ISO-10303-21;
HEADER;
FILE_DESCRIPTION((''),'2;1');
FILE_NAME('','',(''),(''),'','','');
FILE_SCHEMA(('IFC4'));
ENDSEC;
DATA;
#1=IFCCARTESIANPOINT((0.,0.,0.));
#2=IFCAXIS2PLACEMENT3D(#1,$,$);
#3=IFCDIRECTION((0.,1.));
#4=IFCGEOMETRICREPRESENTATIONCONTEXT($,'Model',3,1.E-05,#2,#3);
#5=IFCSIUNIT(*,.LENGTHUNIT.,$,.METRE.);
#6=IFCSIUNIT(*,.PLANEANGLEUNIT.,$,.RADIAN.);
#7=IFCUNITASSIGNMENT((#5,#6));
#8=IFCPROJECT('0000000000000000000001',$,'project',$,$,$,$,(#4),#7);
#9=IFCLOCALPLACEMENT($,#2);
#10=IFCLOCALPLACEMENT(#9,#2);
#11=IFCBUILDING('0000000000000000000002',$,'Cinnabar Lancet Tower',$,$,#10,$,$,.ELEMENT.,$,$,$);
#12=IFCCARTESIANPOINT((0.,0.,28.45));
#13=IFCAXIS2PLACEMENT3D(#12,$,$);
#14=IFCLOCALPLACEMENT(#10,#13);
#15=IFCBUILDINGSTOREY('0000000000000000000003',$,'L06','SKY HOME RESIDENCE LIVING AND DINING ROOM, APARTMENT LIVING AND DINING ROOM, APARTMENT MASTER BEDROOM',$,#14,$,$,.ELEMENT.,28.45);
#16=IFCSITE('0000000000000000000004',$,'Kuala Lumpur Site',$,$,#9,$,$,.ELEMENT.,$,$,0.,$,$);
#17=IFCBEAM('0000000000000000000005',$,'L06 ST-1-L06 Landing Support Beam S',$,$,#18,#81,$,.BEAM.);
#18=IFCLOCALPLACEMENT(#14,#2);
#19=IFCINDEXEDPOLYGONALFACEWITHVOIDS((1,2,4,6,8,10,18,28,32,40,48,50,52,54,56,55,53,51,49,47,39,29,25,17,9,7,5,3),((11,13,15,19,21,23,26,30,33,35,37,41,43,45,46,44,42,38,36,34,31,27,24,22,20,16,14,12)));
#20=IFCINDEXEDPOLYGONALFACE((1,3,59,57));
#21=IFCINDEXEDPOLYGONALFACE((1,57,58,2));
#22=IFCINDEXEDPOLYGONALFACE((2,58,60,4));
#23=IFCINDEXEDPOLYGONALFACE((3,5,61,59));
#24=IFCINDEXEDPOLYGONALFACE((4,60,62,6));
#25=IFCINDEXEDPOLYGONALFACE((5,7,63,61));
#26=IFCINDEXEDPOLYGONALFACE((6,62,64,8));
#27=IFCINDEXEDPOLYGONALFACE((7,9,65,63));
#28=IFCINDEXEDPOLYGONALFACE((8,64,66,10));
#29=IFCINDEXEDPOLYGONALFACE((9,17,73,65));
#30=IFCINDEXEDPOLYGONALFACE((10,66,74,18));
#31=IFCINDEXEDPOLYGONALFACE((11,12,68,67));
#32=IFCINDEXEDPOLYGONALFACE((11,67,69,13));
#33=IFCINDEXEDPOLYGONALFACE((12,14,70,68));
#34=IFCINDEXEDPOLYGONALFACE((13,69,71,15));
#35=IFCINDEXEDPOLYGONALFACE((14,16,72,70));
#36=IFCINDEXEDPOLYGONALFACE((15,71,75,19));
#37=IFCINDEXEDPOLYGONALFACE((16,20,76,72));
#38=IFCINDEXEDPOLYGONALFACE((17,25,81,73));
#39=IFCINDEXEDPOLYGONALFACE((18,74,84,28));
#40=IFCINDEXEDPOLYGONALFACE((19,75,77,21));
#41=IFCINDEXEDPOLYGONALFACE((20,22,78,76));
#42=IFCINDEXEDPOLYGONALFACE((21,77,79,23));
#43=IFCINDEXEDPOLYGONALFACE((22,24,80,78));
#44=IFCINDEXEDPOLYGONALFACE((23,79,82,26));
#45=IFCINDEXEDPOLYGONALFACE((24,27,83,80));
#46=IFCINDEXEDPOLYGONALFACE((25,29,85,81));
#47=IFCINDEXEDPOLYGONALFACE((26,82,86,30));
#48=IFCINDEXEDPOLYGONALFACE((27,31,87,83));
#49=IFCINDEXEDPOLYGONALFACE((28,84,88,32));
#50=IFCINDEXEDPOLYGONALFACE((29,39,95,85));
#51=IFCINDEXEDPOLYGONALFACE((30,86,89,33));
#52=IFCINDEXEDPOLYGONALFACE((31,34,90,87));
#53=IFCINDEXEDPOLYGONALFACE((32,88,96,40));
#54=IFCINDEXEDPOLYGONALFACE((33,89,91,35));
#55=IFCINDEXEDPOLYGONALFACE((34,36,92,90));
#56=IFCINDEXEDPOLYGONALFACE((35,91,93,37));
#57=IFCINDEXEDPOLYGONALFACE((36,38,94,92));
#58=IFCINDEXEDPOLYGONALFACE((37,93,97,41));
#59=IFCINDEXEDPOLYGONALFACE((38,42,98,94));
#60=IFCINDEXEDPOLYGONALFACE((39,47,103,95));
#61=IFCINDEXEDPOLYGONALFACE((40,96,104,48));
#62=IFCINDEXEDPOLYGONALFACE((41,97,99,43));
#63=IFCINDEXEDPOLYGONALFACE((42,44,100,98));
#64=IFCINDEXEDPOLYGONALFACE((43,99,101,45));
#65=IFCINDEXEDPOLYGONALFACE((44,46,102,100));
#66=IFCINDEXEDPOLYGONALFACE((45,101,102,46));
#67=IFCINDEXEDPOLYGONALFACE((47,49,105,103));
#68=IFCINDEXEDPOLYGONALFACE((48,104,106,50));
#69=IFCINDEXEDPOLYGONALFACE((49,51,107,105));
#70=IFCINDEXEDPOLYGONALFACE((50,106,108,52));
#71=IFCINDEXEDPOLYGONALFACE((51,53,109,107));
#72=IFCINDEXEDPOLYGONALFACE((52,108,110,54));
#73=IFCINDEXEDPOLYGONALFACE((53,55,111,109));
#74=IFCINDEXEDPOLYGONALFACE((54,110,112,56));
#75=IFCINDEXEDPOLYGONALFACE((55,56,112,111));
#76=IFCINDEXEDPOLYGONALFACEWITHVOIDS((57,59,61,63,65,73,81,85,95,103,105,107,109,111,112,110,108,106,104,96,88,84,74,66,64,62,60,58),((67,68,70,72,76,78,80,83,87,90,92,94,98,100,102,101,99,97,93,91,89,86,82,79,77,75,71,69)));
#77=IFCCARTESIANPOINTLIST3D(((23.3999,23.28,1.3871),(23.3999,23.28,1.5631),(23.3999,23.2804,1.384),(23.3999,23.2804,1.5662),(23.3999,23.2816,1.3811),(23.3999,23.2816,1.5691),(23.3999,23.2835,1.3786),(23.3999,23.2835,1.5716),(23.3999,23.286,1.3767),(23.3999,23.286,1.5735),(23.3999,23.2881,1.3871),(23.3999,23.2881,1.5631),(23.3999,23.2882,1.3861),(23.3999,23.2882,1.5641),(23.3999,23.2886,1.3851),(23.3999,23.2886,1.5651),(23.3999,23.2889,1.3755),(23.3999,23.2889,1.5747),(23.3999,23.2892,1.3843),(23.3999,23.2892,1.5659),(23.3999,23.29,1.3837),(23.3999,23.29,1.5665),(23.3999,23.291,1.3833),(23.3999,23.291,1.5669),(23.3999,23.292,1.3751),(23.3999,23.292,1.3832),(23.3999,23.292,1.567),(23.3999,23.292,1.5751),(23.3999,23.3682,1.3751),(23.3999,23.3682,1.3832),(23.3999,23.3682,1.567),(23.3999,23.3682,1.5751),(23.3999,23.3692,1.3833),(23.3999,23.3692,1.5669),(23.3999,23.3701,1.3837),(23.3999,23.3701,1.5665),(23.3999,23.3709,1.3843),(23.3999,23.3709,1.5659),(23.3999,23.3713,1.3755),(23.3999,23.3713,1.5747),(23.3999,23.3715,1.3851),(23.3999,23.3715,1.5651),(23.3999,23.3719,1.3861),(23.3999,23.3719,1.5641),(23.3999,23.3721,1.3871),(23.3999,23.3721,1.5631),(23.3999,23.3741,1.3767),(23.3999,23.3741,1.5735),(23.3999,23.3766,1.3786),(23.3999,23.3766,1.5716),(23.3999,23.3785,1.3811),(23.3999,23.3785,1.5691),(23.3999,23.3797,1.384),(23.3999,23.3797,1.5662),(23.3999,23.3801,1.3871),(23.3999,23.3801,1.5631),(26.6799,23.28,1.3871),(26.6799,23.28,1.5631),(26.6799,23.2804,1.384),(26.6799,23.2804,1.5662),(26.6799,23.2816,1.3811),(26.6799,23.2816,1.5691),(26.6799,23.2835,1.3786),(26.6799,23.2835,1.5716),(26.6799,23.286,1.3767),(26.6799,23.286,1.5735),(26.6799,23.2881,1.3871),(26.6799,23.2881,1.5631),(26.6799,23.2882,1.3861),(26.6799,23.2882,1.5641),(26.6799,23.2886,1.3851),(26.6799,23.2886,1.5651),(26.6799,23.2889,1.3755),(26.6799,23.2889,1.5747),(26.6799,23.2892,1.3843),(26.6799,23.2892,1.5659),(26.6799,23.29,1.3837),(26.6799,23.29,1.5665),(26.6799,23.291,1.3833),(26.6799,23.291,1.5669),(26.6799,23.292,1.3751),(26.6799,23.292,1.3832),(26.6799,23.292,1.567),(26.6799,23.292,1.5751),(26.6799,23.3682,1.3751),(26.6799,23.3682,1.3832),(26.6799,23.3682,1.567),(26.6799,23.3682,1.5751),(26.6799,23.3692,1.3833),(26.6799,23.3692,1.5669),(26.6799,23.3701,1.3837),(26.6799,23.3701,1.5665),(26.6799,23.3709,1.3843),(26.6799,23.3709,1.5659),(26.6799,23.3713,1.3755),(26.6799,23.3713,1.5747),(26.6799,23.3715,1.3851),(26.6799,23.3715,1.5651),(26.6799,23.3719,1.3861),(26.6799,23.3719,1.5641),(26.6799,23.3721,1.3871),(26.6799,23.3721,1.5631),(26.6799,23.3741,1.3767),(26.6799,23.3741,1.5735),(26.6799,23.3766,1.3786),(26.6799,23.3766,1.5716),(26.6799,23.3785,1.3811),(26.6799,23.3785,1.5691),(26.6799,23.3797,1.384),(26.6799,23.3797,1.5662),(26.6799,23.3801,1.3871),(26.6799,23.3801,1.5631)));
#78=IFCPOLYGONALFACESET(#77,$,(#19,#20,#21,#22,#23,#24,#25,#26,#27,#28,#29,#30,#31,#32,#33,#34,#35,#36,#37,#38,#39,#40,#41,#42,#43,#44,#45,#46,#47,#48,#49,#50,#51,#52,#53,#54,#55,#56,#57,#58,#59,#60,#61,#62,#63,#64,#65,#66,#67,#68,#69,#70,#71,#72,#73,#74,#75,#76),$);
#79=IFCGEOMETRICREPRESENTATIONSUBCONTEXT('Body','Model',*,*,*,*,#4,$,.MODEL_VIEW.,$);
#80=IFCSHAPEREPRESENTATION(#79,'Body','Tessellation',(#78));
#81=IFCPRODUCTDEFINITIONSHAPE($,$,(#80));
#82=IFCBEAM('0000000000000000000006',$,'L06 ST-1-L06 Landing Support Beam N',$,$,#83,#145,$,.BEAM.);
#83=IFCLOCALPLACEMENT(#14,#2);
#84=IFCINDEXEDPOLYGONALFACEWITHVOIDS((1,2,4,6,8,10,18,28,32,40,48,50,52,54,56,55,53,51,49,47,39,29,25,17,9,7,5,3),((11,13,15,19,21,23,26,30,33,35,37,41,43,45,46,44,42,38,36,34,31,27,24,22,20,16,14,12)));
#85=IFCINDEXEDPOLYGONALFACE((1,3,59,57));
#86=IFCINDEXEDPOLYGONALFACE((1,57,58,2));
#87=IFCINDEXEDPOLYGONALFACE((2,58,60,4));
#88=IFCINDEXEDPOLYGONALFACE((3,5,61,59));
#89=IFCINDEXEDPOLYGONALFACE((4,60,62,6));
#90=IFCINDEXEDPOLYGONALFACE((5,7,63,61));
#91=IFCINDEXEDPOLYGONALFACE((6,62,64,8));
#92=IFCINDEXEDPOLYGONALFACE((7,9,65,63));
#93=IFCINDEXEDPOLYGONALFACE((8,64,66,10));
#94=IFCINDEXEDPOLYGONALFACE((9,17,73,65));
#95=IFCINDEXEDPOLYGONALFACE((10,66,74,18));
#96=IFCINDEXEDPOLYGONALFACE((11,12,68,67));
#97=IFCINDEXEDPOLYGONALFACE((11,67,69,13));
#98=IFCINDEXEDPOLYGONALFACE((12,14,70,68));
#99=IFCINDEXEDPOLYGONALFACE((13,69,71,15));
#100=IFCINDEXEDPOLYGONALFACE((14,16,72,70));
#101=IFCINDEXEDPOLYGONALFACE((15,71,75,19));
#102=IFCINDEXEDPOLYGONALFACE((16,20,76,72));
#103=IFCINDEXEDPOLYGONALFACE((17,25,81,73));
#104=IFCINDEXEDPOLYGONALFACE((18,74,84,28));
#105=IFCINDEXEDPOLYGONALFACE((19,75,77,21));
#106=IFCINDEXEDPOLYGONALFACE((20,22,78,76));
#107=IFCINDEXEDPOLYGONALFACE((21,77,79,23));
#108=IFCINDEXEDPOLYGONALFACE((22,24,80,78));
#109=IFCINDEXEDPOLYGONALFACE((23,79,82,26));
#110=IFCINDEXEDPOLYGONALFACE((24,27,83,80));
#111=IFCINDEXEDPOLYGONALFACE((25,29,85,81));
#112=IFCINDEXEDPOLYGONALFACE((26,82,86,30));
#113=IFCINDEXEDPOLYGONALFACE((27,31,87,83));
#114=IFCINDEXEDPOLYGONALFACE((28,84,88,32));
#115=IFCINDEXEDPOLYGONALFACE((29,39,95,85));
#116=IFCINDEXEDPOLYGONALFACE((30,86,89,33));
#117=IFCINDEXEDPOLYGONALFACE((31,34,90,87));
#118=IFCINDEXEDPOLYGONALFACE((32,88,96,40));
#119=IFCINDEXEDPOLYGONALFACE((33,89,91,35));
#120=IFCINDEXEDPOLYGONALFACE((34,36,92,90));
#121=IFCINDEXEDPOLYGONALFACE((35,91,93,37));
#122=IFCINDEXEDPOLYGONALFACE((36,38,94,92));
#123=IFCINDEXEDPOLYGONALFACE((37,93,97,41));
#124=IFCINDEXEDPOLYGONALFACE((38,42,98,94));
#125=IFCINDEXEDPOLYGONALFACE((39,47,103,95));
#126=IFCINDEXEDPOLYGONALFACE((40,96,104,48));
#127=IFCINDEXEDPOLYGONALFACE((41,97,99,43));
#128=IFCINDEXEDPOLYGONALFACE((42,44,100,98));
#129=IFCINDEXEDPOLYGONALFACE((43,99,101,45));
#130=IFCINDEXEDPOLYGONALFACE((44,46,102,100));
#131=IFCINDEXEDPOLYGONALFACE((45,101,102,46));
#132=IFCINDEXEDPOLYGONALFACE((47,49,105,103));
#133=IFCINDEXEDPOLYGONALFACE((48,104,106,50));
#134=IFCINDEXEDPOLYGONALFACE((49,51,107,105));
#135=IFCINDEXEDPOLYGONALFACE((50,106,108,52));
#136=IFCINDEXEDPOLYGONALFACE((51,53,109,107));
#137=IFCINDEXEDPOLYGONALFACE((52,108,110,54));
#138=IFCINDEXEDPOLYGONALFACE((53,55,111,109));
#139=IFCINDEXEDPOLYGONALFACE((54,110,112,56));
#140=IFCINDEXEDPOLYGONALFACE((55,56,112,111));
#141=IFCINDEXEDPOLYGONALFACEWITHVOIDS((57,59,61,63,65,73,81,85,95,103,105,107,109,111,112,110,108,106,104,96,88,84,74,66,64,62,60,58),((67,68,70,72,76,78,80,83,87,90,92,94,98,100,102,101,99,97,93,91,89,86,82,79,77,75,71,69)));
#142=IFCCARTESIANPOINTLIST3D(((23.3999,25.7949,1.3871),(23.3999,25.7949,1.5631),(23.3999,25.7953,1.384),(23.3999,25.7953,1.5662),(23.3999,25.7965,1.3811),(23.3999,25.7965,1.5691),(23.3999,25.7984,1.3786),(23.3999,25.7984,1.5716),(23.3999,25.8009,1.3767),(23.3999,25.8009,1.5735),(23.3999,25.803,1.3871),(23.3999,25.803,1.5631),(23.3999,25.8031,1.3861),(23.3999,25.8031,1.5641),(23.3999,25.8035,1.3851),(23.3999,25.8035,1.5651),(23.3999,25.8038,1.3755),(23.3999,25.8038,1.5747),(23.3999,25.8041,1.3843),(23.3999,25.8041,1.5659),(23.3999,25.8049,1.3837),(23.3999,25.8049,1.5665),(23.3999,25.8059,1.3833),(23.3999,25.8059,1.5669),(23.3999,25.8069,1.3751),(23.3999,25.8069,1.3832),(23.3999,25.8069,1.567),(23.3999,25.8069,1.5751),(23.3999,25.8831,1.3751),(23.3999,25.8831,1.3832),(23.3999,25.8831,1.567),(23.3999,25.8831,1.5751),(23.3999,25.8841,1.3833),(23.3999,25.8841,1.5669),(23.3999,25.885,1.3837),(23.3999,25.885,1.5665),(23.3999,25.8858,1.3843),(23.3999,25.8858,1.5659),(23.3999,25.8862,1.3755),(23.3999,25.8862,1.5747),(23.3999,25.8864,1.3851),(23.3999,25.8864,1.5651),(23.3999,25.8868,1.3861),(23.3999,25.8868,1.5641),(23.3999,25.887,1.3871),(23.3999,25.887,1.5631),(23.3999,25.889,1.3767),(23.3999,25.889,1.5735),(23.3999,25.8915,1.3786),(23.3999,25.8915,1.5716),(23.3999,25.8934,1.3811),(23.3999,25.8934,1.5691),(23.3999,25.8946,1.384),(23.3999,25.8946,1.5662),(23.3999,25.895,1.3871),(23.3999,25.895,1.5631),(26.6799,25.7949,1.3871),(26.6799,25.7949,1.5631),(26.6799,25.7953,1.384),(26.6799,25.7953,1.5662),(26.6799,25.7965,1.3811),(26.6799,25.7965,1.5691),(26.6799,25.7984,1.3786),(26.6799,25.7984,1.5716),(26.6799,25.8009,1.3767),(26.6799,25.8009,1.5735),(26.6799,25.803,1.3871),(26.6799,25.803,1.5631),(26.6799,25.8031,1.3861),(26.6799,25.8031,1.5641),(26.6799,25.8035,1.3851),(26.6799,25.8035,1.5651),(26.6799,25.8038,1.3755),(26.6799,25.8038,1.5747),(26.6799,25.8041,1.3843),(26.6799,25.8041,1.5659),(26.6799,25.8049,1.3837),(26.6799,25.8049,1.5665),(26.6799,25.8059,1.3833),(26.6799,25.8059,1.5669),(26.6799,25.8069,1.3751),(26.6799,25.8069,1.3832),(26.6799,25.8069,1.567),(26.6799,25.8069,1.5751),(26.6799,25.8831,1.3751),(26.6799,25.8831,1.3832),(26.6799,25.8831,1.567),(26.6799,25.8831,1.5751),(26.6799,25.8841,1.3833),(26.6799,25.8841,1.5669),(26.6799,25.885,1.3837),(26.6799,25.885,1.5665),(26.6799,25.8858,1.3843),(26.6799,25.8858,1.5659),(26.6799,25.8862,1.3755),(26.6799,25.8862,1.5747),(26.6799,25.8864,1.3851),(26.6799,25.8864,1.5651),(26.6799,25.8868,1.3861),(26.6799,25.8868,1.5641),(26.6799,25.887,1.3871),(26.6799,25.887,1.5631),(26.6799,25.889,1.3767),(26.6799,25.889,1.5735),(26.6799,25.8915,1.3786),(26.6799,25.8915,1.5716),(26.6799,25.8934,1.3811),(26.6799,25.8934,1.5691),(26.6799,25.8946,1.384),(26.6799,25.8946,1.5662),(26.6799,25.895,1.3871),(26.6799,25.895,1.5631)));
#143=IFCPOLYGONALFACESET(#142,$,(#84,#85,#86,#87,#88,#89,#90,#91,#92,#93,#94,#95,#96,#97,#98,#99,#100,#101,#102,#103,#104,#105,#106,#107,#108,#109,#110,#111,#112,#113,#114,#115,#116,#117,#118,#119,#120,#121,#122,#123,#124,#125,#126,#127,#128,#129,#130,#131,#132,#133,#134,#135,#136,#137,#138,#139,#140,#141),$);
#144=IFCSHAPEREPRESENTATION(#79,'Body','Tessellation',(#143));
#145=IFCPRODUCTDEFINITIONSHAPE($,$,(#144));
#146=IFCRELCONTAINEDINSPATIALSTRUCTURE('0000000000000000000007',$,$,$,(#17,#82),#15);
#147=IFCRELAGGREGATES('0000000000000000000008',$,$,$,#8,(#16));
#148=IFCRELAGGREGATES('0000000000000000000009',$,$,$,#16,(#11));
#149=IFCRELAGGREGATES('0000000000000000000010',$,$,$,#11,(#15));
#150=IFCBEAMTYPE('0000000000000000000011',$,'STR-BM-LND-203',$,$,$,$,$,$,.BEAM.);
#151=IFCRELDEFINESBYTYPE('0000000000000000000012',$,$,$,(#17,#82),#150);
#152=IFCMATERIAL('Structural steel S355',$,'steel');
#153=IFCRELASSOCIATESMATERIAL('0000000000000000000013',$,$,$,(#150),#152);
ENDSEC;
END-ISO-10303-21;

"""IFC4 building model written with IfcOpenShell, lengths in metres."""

from ifc_helpers import new_model, si_unit, direction, frame, origin, origin_2d, place, context, subcontext, project, spatial, hollow_rectangle, extrude, material, material_profile, profile_set, type_object, element, save


model = new_model("IFC4")

# Units and contexts
model_context = context("Model", 3, precision=1e-05, world=origin(), true_north=direction((0.0, 1.0)))
body_context = subcontext(model_context, "Body", "Model", "MODEL_VIEW")
ifc_project = project(units=[si_unit("LENGTHUNIT", "METRE"), si_unit("PLANEANGLEUNIT", "RADIAN")], contexts=[model_context])

# Site, building, storey
site_placement = place(None, origin())
site = spatial("IfcSite", under=ifc_project, at=site_placement, Name="Kuala Lumpur Site", CompositionType="ELEMENT", RefElevation=0.0)
building_placement = place(site_placement, origin())
building = spatial("IfcBuilding", under=site, at=building_placement, Name="Cinnabar Lancet Tower", CompositionType="ELEMENT")
storey_placement = place(building_placement, frame((0.0, 0.0, 28.45)))
storey = spatial("IfcBuildingStorey", under=building, at=storey_placement, Name="L06", Description="SKY HOME RESIDENCE LIVING AND DINING ROOM, APARTMENT LIVING AND DINING ROOM, APARTMENT MASTER BEDROOM", CompositionType="ELEMENT", Elevation=28.45)

# Beams
ifc_material_1 = material(Name="Structural steel S355", Category="steel")
ifc_material_profile = material_profile(ifc_material_1, hollow_rectangle(XDim=0.1001, YDim=0.2, WallThickness=0.0081, InnerFilletRadius=0.0039, OuterFilletRadius=0.012, at=origin_2d()), Name="RHS 200x100x8")
ifc_profile_set = profile_set([ifc_material_profile], Name="Structural steel S355")
beam_type = type_object("IfcBeamType", Name="STR-BM-LND-203", PredefinedType="BEAM", material=ifc_profile_set)
for number, where, z_axis, x_axis, name in (
    (1, (23.3999, 23.3301, 1.4751), (1.0, 0.0, 0.0), (0.0, 1.0, 0.0), "L06 ST-1-L06 Landing Support Beam S"),
    (2, (23.3999, 25.845, 1.4751), (1.0, 0.0, 0.0), (0.0, 1.0, 0.0), "L06 ST-1-L06 Landing Support Beam N"),
):
    element("IfcBeam", number, at=place(storey_placement, frame(where, z_axis=z_axis, x_axis=x_axis)), inside=storey, type_object=beam_type, Name=name, PredefinedType="BEAM", context=body_context, shape_type="SweptSolid", body=[
        extrude(hollow_rectangle(XDim=0.1001, YDim=0.2, WallThickness=0.0081, InnerFilletRadius=0.0039, OuterFilletRadius=0.012, at=origin_2d()), origin(), (0.0, 0.0, 1.0), 3.28),
    ])

save(model, "model.ifc")
